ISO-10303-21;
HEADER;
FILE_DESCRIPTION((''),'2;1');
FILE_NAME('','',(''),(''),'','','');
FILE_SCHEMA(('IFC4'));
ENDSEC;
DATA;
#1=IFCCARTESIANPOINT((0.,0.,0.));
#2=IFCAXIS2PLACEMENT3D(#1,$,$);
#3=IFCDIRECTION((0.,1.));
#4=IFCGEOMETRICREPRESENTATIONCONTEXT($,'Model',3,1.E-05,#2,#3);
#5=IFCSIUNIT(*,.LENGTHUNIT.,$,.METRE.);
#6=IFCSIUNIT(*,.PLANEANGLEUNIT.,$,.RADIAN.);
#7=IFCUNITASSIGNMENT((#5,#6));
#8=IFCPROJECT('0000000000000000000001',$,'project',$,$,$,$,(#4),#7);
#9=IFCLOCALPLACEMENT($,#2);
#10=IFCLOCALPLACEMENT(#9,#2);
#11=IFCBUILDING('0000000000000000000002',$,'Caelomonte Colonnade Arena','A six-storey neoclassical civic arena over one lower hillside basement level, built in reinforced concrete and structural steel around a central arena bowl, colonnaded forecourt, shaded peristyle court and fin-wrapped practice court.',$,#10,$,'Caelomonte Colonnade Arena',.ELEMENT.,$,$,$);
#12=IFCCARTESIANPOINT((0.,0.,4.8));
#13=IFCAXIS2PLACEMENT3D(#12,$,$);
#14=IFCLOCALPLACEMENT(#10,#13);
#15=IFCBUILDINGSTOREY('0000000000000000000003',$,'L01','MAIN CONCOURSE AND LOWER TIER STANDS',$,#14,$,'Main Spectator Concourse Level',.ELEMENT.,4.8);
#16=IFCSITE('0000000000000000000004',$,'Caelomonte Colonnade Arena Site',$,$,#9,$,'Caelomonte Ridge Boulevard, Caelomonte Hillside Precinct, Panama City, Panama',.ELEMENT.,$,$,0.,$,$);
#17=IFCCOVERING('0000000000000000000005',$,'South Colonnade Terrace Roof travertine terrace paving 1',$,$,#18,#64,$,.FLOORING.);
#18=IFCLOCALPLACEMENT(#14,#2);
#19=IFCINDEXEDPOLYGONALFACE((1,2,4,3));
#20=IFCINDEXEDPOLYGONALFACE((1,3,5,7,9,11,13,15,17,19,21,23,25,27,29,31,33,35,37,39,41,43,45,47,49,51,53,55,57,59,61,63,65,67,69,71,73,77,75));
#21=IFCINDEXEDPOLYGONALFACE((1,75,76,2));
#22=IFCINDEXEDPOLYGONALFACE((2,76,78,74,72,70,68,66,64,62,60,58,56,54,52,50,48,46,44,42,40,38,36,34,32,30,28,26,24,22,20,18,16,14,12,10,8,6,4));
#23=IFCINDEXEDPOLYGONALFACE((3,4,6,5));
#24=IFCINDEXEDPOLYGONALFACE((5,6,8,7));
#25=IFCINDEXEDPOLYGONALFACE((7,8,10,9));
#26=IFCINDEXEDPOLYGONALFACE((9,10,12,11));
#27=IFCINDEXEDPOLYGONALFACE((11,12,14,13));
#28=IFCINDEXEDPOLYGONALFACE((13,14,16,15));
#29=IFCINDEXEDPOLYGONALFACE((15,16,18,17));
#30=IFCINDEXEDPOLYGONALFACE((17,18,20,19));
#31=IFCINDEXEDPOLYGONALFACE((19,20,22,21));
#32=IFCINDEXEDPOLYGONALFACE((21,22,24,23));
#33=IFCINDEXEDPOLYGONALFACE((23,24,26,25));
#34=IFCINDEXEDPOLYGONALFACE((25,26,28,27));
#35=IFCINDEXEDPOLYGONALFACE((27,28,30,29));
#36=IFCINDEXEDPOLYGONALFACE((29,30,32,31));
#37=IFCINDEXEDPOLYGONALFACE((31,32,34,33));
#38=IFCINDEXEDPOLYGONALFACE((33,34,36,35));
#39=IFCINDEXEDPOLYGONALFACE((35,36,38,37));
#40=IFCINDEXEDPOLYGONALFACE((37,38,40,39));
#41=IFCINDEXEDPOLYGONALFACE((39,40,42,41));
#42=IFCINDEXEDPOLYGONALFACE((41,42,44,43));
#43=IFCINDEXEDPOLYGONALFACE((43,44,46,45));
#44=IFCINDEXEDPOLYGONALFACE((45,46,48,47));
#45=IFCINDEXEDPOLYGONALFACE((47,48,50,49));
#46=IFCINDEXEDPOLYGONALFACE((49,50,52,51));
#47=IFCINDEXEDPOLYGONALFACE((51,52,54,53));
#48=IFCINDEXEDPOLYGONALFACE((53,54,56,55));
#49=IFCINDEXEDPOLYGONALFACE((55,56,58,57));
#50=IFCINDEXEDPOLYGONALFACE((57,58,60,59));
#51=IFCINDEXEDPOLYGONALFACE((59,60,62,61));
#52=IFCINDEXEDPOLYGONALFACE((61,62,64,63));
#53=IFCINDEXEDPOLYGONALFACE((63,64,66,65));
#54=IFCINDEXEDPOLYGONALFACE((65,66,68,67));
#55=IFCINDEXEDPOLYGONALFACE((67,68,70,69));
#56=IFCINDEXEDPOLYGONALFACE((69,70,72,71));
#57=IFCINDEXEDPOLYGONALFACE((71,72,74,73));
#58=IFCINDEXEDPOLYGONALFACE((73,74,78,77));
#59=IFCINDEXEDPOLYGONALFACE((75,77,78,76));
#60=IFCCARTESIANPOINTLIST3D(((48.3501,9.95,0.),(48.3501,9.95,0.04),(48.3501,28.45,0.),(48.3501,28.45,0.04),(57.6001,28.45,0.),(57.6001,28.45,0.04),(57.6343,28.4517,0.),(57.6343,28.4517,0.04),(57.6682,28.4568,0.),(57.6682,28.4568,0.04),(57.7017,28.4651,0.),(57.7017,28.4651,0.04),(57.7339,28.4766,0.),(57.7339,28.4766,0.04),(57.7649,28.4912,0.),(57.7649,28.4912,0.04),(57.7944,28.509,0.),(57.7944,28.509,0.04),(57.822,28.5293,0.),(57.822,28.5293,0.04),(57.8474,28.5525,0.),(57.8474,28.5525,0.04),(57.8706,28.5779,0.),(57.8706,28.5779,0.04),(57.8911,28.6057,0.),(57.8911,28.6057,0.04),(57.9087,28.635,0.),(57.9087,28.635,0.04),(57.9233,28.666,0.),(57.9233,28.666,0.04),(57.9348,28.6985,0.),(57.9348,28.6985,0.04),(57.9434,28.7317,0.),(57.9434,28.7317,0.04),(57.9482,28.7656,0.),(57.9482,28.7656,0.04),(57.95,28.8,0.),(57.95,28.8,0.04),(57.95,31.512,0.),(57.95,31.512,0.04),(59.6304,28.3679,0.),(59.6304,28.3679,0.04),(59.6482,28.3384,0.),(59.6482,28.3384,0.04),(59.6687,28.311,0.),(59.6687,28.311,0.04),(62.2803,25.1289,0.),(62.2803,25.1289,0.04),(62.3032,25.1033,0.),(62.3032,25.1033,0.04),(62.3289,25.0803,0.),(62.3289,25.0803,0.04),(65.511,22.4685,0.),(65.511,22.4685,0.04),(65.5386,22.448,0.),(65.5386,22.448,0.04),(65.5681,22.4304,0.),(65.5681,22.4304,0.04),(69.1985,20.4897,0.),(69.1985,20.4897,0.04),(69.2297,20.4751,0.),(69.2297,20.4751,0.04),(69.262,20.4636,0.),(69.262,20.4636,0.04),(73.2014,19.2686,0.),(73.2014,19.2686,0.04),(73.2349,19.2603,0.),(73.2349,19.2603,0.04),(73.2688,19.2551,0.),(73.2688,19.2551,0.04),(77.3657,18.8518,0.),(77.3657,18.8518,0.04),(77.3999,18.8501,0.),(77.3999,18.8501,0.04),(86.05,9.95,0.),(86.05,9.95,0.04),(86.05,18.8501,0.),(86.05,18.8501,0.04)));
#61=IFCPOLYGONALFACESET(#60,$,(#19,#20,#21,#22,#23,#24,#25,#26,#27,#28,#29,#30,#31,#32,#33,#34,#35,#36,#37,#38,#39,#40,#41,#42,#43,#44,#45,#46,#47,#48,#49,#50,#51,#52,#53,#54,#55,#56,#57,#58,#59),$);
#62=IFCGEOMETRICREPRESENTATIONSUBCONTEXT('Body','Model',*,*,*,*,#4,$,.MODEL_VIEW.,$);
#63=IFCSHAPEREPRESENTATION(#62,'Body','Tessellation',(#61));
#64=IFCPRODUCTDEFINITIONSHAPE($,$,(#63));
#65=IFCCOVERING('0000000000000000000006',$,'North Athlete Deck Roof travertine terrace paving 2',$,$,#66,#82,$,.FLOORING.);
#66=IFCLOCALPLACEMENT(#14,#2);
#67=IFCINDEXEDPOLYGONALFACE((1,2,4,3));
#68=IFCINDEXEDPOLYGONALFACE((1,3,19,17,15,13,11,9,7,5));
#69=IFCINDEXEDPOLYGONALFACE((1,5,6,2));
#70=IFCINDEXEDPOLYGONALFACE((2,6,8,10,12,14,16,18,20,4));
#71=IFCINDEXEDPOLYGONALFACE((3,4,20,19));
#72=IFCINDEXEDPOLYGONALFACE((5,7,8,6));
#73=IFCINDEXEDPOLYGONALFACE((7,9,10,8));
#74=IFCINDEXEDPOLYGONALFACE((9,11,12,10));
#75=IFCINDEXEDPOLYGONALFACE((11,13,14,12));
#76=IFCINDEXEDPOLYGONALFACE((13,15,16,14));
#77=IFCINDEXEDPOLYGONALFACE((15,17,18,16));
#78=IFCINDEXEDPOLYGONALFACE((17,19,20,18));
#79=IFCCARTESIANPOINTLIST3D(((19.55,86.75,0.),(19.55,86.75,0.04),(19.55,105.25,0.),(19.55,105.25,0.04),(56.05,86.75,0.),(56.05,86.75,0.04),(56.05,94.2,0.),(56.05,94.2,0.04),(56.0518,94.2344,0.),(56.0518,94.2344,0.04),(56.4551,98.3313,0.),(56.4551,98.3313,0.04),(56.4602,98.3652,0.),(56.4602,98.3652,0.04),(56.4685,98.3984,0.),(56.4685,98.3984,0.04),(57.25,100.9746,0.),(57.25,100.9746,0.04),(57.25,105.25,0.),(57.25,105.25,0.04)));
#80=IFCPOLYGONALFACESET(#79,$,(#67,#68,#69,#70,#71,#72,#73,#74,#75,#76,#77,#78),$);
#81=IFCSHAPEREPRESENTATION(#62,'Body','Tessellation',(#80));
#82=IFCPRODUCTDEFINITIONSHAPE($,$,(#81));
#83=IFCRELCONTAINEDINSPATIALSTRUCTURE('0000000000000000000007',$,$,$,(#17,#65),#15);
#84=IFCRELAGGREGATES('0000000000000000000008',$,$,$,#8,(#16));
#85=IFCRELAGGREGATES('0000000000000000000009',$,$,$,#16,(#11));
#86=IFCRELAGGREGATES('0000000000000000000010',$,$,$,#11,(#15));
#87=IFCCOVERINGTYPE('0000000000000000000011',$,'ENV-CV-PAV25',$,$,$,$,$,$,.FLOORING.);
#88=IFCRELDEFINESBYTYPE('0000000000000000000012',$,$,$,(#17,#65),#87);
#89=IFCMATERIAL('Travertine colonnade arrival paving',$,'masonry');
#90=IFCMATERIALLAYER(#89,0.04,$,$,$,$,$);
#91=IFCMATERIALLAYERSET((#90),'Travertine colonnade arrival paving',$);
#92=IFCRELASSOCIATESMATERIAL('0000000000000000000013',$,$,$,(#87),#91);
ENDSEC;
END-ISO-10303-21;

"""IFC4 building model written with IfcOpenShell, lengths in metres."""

from ifc_helpers import new_model, si_unit, direction, frame, origin, place, context, subcontext, project, spatial, polyline, outline, extrude, material, layer, layer_set, type_object, element, save


model = new_model("IFC4")

# Units and contexts
model_context = context("Model", 3, precision=1e-05, world=origin(), true_north=direction((0.0, 1.0)))
body_context = subcontext(model_context, "Body", "Model", "MODEL_VIEW")
ifc_project = project(units=[si_unit("LENGTHUNIT", "METRE"), si_unit("PLANEANGLEUNIT", "RADIAN")], contexts=[model_context])

# Site, building, storey
site_placement = place(None, origin())
site = spatial("IfcSite", under=ifc_project, at=site_placement, Name="Caelomonte Colonnade Arena Site", LongName="Caelomonte Ridge Boulevard, Caelomonte Hillside Precinct, Panama City, Panama", CompositionType="ELEMENT", RefElevation=0.0)
building_placement = place(site_placement, origin())
building = spatial("IfcBuilding", under=site, at=building_placement, Name="Caelomonte Colonnade Arena", Description="A six-storey neoclassical civic arena over one lower hillside basement level, built in reinforced concrete and structural steel around a central arena bowl, colonnaded forecourt, shaded peristyle court and fin-wrapped practice court.", LongName="Caelomonte Colonnade Arena", CompositionType="ELEMENT")
storey_placement = place(building_placement, frame((0.0, 0.0, 4.8)))
storey = spatial("IfcBuildingStorey", under=building, at=storey_placement, Name="L01", Description="MAIN CONCOURSE AND LOWER TIER STANDS", LongName="Main Spectator Concourse Level", CompositionType="ELEMENT", Elevation=4.8)

# Coverings
ifc_material_1 = material(Name="Travertine colonnade arrival paving", Category="masonry")
ifc_layer_1 = layer(ifc_material_1, 0.04)
ifc_layer_set_1 = layer_set([ifc_layer_1], Name="Travertine colonnade arrival paving")
covering_type = type_object("IfcCoveringType", Name="ENV-CV-PAV25", PredefinedType="FLOORING", material=ifc_layer_set_1)
covering_1_placement = place(storey_placement, origin())
element("IfcCovering", 1, at=covering_1_placement, inside=storey, type_object=covering_type, Name="South Colonnade Terrace Roof travertine terrace paving 1", PredefinedType="FLOORING", context=body_context, shape_type="SweptSolid", body=[
    extrude(outline(polyline([(48.3501, 9.95), (86.05, 9.95), (86.05, 18.8501), (77.3999, 18.8501), (77.3657, 18.8518), (73.2688, 19.2551), (73.2349, 19.2603), (73.2014, 19.2686), (69.262, 20.4636), (69.2297, 20.4751), (69.1985, 20.4897), (65.5681, 22.4304), (65.5386, 22.448), (65.511, 22.4685), (62.3289, 25.0803), (62.3032, 25.1033), (62.2803, 25.1289), (59.6687, 28.311), (59.6482, 28.3384), (59.6304, 28.3679), (57.95, 31.512), (57.95, 28.8), (57.9482, 28.7656), (57.9434, 28.7317), (57.9348, 28.6985), (57.9233, 28.666), (57.9087, 28.635), (57.8911, 28.6057), (57.8706, 28.5779), (57.8474, 28.5525), (57.822, 28.5293), (57.7944, 28.509), (57.7649, 28.4912), (57.7339, 28.4766), (57.7017, 28.4651), (57.6682, 28.4568), (57.6343, 28.4517), (57.6001, 28.45), (48.3501, 28.45), (48.3501, 9.95)])), origin(), (0.0, 0.0, 1.0), 0.04),
])
covering_2_placement = place(storey_placement, origin())
element("IfcCovering", 2, at=covering_2_placement, inside=storey, type_object=covering_type, Name="North Athlete Deck Roof travertine terrace paving 2", PredefinedType="FLOORING", context=body_context, shape_type="SweptSolid", body=[
    extrude(outline(polyline([(19.55, 86.75), (56.05, 86.75), (56.05, 94.2), (56.0518, 94.2344), (56.4551, 98.3313), (56.4602, 98.3652), (56.4685, 98.3984), (57.25, 100.9746), (57.25, 105.25), (19.55, 105.25), (19.55, 86.75)])), origin(), (0.0, 0.0, 1.0), 0.04),
])

save(model, "model.ifc")
